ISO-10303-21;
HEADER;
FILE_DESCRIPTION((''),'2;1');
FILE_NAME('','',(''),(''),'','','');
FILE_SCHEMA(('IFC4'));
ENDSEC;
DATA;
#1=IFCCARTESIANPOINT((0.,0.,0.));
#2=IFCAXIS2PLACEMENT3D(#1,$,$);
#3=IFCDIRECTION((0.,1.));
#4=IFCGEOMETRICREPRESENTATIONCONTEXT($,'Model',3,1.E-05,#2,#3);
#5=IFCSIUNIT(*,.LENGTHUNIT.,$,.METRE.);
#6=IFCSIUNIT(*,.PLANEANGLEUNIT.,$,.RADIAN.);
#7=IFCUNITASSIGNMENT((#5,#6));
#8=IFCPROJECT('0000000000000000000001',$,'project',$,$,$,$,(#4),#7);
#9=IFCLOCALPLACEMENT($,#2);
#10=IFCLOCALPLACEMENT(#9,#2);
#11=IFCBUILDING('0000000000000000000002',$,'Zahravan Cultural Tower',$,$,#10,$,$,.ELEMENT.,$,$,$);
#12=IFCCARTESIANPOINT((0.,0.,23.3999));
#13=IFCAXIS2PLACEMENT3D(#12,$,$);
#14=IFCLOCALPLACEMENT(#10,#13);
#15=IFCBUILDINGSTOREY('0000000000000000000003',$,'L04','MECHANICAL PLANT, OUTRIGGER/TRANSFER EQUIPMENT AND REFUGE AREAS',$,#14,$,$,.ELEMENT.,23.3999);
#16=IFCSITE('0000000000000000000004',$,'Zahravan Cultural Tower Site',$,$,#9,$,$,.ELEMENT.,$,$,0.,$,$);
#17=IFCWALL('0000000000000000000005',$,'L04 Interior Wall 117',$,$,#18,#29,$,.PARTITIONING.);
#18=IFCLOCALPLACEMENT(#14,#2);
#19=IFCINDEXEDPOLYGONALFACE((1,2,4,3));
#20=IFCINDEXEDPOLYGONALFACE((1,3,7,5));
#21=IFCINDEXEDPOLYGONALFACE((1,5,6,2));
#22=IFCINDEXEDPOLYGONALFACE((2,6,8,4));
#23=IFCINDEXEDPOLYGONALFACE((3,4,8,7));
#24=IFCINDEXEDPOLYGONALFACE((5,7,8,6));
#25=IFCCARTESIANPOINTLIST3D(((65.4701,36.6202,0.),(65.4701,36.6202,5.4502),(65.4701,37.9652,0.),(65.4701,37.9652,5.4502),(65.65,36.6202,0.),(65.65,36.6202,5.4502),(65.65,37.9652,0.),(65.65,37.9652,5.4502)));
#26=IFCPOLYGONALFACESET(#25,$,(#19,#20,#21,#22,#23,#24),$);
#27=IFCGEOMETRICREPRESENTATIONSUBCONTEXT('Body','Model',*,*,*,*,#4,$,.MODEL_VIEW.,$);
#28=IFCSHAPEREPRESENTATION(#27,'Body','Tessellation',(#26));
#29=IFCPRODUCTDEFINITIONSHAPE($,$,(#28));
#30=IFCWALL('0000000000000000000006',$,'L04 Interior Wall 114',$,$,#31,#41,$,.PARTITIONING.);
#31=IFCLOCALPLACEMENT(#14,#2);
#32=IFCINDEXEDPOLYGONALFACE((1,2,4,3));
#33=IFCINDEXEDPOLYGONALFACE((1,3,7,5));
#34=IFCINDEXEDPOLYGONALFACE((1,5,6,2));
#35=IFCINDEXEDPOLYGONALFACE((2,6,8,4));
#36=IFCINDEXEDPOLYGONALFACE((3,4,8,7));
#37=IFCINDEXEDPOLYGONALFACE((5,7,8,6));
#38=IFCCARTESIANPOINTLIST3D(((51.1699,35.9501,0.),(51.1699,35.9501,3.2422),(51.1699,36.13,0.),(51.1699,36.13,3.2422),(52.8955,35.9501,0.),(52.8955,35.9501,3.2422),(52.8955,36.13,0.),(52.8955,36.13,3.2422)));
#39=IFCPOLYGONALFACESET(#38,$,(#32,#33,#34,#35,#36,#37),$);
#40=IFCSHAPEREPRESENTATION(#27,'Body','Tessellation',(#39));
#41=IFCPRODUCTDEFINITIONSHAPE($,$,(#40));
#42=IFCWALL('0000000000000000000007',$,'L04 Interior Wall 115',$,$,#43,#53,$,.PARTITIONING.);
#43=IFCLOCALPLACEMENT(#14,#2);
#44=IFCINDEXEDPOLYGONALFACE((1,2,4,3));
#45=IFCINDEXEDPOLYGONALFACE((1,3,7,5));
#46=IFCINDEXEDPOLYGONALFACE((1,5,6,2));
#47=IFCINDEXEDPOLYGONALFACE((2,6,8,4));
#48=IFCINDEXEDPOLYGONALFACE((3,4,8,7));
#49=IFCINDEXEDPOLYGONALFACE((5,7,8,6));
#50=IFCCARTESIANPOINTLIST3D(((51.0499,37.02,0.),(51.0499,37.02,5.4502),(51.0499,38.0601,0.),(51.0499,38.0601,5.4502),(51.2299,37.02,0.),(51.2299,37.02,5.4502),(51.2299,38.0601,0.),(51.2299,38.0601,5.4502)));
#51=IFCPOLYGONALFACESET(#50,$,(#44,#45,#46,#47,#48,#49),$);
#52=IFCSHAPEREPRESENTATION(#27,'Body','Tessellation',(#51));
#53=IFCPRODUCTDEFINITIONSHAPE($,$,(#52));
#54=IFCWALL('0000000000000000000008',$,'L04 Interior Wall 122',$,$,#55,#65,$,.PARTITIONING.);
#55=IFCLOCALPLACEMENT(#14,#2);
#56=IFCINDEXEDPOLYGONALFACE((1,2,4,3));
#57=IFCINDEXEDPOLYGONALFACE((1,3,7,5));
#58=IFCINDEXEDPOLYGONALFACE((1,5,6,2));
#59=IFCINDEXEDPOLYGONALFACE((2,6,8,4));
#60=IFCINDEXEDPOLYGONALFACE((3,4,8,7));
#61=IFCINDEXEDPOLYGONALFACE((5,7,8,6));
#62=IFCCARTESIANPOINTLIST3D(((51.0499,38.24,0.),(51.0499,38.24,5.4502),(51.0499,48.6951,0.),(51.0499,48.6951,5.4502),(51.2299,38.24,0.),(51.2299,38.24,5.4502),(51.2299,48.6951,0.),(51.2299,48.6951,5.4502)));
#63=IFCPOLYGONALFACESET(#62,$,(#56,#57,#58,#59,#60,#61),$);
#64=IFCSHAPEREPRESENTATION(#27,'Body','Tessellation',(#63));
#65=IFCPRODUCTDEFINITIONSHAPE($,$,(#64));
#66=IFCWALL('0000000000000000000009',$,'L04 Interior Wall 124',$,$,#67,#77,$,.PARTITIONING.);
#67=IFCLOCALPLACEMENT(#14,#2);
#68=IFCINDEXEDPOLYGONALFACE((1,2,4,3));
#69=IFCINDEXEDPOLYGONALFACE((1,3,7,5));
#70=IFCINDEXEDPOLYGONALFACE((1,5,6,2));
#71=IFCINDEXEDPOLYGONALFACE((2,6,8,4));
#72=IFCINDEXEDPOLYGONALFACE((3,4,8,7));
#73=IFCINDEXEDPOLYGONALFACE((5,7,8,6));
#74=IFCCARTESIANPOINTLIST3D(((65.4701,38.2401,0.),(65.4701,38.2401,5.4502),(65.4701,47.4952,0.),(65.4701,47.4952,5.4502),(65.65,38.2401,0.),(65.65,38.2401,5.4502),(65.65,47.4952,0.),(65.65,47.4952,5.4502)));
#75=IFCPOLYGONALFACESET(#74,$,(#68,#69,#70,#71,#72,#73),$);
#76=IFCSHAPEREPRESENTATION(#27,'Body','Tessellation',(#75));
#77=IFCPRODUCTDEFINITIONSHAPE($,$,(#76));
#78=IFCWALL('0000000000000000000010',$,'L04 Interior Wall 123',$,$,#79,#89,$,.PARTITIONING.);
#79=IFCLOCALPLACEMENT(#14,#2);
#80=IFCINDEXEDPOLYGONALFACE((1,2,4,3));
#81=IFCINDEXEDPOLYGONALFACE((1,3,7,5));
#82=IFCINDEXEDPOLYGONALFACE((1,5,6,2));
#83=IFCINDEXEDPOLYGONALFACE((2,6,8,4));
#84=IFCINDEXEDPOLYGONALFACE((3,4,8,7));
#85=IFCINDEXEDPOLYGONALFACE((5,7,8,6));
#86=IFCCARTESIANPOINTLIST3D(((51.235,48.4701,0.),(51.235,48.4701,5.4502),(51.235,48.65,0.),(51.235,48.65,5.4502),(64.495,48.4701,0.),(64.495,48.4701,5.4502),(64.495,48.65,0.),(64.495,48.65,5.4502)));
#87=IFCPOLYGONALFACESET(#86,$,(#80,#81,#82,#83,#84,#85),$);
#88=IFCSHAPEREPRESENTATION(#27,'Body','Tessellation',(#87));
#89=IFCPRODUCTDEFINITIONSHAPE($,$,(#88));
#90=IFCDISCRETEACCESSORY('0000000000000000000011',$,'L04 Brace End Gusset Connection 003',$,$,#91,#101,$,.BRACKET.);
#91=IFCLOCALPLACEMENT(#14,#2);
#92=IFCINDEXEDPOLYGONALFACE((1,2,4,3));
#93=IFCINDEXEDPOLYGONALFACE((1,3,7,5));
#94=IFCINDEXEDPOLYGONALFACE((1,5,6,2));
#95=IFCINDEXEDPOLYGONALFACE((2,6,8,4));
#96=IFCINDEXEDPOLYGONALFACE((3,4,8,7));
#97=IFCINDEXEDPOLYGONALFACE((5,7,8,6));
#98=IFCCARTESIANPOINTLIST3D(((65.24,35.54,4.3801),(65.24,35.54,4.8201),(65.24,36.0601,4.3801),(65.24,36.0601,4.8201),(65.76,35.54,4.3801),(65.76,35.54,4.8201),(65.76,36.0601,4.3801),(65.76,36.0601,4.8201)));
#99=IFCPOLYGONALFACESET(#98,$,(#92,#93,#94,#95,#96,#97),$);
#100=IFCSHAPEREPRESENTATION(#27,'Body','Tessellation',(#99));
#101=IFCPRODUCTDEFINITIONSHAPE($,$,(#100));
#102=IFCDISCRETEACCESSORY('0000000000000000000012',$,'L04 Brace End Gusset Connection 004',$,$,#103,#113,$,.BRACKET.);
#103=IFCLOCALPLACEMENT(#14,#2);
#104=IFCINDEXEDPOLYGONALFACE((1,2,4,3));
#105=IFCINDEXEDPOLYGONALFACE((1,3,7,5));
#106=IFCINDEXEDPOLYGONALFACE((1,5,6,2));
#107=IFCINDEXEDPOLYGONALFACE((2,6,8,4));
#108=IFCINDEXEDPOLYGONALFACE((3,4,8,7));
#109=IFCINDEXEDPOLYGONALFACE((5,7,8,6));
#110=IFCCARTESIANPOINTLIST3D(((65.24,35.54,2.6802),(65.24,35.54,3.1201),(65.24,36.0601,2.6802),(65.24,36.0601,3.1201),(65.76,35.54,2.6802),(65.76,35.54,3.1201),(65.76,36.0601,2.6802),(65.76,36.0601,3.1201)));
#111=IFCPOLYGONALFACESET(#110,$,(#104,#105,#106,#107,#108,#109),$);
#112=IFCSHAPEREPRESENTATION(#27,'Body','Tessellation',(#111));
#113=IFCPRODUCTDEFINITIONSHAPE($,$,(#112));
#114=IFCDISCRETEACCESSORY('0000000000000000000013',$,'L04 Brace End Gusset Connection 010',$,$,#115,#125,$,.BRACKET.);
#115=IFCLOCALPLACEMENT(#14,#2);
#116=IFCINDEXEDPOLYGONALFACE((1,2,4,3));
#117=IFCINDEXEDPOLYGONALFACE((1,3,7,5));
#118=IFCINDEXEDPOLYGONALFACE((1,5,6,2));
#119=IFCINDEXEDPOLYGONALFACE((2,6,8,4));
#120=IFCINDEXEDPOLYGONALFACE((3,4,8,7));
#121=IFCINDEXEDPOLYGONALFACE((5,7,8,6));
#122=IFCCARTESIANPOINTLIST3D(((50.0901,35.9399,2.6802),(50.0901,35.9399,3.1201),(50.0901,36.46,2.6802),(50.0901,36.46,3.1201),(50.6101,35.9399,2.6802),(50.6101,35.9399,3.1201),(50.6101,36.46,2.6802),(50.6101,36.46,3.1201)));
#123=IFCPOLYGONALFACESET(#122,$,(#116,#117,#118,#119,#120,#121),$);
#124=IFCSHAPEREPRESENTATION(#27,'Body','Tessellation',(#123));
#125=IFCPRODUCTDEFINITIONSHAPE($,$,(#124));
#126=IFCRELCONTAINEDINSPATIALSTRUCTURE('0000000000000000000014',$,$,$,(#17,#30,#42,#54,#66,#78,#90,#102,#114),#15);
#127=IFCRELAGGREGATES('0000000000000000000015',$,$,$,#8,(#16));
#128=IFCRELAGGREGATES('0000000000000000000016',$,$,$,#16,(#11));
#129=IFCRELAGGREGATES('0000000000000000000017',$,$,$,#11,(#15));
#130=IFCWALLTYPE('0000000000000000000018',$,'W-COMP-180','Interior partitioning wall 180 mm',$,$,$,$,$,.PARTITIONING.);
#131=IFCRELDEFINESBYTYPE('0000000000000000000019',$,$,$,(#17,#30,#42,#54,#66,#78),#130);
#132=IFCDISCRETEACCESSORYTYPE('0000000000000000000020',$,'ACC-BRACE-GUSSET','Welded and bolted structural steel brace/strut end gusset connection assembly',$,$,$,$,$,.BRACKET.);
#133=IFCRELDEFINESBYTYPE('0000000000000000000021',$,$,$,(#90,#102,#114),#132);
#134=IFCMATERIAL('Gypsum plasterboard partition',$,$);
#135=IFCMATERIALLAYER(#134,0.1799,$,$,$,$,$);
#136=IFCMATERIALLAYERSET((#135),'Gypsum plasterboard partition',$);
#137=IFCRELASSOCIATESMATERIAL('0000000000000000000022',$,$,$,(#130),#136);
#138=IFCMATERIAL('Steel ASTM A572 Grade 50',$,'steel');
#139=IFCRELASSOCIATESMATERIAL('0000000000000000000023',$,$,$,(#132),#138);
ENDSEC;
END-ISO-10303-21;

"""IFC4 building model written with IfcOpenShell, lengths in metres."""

from ifc_helpers import new_model, si_unit, direction, frame, frame_2d, origin, origin_2d, place, context, subcontext, project, spatial, rectangle, extrude, source, transform, mapped, material, layer, layer_set, type_object, element, save


model = new_model("IFC4")

# Units and contexts
model_context = context("Model", 3, precision=1e-05, world=origin(), true_north=direction((0.0, 1.0)))
body_context = subcontext(model_context, "Body", "Model", "MODEL_VIEW")
ifc_project = project(units=[si_unit("LENGTHUNIT", "METRE"), si_unit("PLANEANGLEUNIT", "RADIAN")], contexts=[model_context])

# Site, building, storey
site_placement = place(None, origin())
site = spatial("IfcSite", under=ifc_project, at=site_placement, Name="Zahravan Cultural Tower Site", CompositionType="ELEMENT", RefElevation=0.0)
building_placement = place(site_placement, origin())
building = spatial("IfcBuilding", under=site, at=building_placement, Name="Zahravan Cultural Tower", CompositionType="ELEMENT")
storey_placement = place(building_placement, frame((0.0, 0.0, 23.3999)))
storey = spatial("IfcBuildingStorey", under=building, at=storey_placement, Name="L04", Description="MECHANICAL PLANT, OUTRIGGER/TRANSFER EQUIPMENT AND REFUGE AREAS", CompositionType="ELEMENT", Elevation=23.3999)

# Shared definitions
ifc_material_1 = material(Name="Steel ASTM A572 Grade 50", Category="steel")

# Shared definitions
ifc_material_2 = material(Name="Gypsum plasterboard partition")
ifc_layer_1 = layer(ifc_material_2, 0.1799)
ifc_layer_set_1 = layer_set([ifc_layer_1], Name="Gypsum plasterboard partition")
wall_type_1 = type_object("IfcWallType", Name="W-COMP-180", Description="Interior partitioning wall 180 mm", PredefinedType="PARTITIONING", material=ifc_layer_set_1)

# Walls
shared_shape_1 = source(origin(), body_context, "Body", "SweptSolid", [
    extrude(rectangle(XDim=1.345, YDim=0.1799, at=frame_2d((0.6724, 0.0))), origin(), (0.0, 0.0, 1.0), 5.4502),
])
wall_1_placement = place(storey_placement, frame((65.5601, 37.9651, 0.0), z_axis=(0.0, 0.0, 1.0), x_axis=(0.0, -1.0, 0.0)))
element("IfcWall", 1, at=wall_1_placement, inside=storey, type_object=wall_type_1, Name="L04 Interior Wall 117", PredefinedType="PARTITIONING", context=body_context, shape_type="MappedRepresentation", body=[
    mapped(shared_shape_1, transform((0.0, 0.0, 0.0), x_axis=(1.0, 0.0, 0.0), y_axis=(0.0, 1.0, 0.0), z_axis=(0.0, 0.0, 1.0), scale=1.0)),
])
shared_shape_2 = source(origin(), body_context, "Body", "SweptSolid", [
    extrude(rectangle(XDim=1.7256, YDim=0.1799, at=frame_2d((0.8628, 0.0))), origin(), (0.0, 0.0, 1.0), 3.2422),
])
wall_2_placement = place(storey_placement, frame((52.8955, 36.04, 0.0), z_axis=(0.0, 0.0, 1.0), x_axis=(-1.0, 0.0, 0.0)))
element("IfcWall", 2, at=wall_2_placement, inside=storey, type_object=wall_type_1, Name="L04 Interior Wall 114", PredefinedType="PARTITIONING", context=body_context, shape_type="MappedRepresentation", body=[
    mapped(shared_shape_2, transform((0.0, 0.0, 0.0), x_axis=(1.0, 0.0, 0.0), y_axis=(0.0, 1.0, 0.0), z_axis=(0.0, 0.0, 1.0), scale=1.0)),
])
shared_shape_3 = source(origin(), body_context, "Body", "SweptSolid", [
    extrude(rectangle(XDim=1.04, YDim=0.1799, at=frame_2d((0.52, 0.0))), origin(), (0.0, 0.0, 1.0), 5.4502),
])
wall_3_placement = place(storey_placement, frame((51.1399, 37.02, 0.0), z_axis=(0.0, 0.0, 1.0), x_axis=(0.0, 1.0, 0.0)))
element("IfcWall", 3, at=wall_3_placement, inside=storey, type_object=wall_type_1, Name="L04 Interior Wall 115", PredefinedType="PARTITIONING", context=body_context, shape_type="MappedRepresentation", body=[
    mapped(shared_shape_3, transform((0.0, 0.0, 0.0), x_axis=(1.0, 0.0, 0.0), y_axis=(0.0, 1.0, 0.0), z_axis=(0.0, 0.0, 1.0), scale=1.0)),
])
shared_shape_4 = source(origin(), body_context, "Body", "SweptSolid", [
    extrude(rectangle(XDim=10.4551, YDim=0.1799, at=frame_2d((5.2275, 0.0))), origin(), (0.0, 0.0, 1.0), 5.4502),
])
wall_4_placement = place(storey_placement, frame((51.1399, 38.24, 0.0), z_axis=(0.0, 0.0, 1.0), x_axis=(0.0, 1.0, 0.0)))
element("IfcWall", 4, at=wall_4_placement, inside=storey, type_object=wall_type_1, Name="L04 Interior Wall 122", PredefinedType="PARTITIONING", context=body_context, shape_type="MappedRepresentation", body=[
    mapped(shared_shape_4, transform((0.0, 0.0, 0.0), x_axis=(1.0, 0.0, 0.0), y_axis=(0.0, 1.0, 0.0), z_axis=(0.0, 0.0, 1.0), scale=1.0)),
])
shared_shape_5 = source(origin(), body_context, "Body", "SweptSolid", [
    extrude(rectangle(XDim=9.2551, YDim=0.1799, at=frame_2d((4.6274, 0.0))), origin(), (0.0, 0.0, 1.0), 5.4502),
])
wall_5_placement = place(storey_placement, frame((65.5601, 47.4951, 0.0), z_axis=(0.0, 0.0, 1.0), x_axis=(0.0, -1.0, 0.0)))
element("IfcWall", 5, at=wall_5_placement, inside=storey, type_object=wall_type_1, Name="L04 Interior Wall 124", PredefinedType="PARTITIONING", context=body_context, shape_type="MappedRepresentation", body=[
    mapped(shared_shape_5, transform((0.0, 0.0, 0.0), x_axis=(1.0, 0.0, 0.0), y_axis=(0.0, 1.0, 0.0), z_axis=(0.0, 0.0, 1.0), scale=1.0)),
])
shared_shape_6 = source(origin(), body_context, "Body", "SweptSolid", [
    extrude(rectangle(XDim=13.26, YDim=0.1799, at=frame_2d((6.6299, 0.0))), origin(), (0.0, 0.0, 1.0), 5.4502),
])
wall_6_placement = place(storey_placement, frame((51.2351, 48.5601, 0.0), z_axis=(0.0, 0.0, 1.0), x_axis=(1.0, 0.0, 0.0)))
element("IfcWall", 6, at=wall_6_placement, inside=storey, type_object=wall_type_1, Name="L04 Interior Wall 123", PredefinedType="PARTITIONING", context=body_context, shape_type="MappedRepresentation", body=[
    mapped(shared_shape_6, transform((0.0, 0.0, 0.0), x_axis=(1.0, 0.0, 0.0), y_axis=(0.0, 1.0, 0.0), z_axis=(0.0, 0.0, 1.0), scale=1.0)),
])

# Discrete accessories
discrete_accessory_type = type_object("IfcDiscreteAccessoryType", Name="ACC-BRACE-GUSSET", Description="Welded and bolted structural steel brace/strut end gusset connection assembly", PredefinedType="BRACKET", material=ifc_material_1)
shared_shape_7 = source(origin(), body_context, "Body", "SweptSolid", [
    extrude(rectangle(XDim=0.52, YDim=0.52, at=origin_2d()), origin(), (0.0, 0.0, 1.0), 0.4399),
])
for number, where, z_axis, x_axis, name in (
    (7, (65.5, 35.8, 4.3801), (0.0, 0.0, 1.0), (1.0, 0.0, 0.0), "L04 Brace End Gusset Connection 003"),
    (8, (65.5, 35.8, 2.6802), (0.0, 0.0, 1.0), (1.0, 0.0, 0.0), "L04 Brace End Gusset Connection 004"),
    (9, (50.3501, 36.2, 2.6802), (0.0, 0.0, 1.0), (1.0, 0.0, 0.0), "L04 Brace End Gusset Connection 010"),
):
    element("IfcDiscreteAccessory", number, at=place(storey_placement, frame(where, z_axis=z_axis, x_axis=x_axis)), inside=storey, type_object=discrete_accessory_type, Name=name, PredefinedType="BRACKET", context=body_context, shape_type="MappedRepresentation", body=[
        mapped(shared_shape_7, transform((0.0, 0.0, 0.0), x_axis=(1.0, 0.0, 0.0), y_axis=(0.0, 1.0, 0.0), z_axis=(0.0, 0.0, 1.0), scale=1.0)),
    ])

save(model, "model.ifc")
